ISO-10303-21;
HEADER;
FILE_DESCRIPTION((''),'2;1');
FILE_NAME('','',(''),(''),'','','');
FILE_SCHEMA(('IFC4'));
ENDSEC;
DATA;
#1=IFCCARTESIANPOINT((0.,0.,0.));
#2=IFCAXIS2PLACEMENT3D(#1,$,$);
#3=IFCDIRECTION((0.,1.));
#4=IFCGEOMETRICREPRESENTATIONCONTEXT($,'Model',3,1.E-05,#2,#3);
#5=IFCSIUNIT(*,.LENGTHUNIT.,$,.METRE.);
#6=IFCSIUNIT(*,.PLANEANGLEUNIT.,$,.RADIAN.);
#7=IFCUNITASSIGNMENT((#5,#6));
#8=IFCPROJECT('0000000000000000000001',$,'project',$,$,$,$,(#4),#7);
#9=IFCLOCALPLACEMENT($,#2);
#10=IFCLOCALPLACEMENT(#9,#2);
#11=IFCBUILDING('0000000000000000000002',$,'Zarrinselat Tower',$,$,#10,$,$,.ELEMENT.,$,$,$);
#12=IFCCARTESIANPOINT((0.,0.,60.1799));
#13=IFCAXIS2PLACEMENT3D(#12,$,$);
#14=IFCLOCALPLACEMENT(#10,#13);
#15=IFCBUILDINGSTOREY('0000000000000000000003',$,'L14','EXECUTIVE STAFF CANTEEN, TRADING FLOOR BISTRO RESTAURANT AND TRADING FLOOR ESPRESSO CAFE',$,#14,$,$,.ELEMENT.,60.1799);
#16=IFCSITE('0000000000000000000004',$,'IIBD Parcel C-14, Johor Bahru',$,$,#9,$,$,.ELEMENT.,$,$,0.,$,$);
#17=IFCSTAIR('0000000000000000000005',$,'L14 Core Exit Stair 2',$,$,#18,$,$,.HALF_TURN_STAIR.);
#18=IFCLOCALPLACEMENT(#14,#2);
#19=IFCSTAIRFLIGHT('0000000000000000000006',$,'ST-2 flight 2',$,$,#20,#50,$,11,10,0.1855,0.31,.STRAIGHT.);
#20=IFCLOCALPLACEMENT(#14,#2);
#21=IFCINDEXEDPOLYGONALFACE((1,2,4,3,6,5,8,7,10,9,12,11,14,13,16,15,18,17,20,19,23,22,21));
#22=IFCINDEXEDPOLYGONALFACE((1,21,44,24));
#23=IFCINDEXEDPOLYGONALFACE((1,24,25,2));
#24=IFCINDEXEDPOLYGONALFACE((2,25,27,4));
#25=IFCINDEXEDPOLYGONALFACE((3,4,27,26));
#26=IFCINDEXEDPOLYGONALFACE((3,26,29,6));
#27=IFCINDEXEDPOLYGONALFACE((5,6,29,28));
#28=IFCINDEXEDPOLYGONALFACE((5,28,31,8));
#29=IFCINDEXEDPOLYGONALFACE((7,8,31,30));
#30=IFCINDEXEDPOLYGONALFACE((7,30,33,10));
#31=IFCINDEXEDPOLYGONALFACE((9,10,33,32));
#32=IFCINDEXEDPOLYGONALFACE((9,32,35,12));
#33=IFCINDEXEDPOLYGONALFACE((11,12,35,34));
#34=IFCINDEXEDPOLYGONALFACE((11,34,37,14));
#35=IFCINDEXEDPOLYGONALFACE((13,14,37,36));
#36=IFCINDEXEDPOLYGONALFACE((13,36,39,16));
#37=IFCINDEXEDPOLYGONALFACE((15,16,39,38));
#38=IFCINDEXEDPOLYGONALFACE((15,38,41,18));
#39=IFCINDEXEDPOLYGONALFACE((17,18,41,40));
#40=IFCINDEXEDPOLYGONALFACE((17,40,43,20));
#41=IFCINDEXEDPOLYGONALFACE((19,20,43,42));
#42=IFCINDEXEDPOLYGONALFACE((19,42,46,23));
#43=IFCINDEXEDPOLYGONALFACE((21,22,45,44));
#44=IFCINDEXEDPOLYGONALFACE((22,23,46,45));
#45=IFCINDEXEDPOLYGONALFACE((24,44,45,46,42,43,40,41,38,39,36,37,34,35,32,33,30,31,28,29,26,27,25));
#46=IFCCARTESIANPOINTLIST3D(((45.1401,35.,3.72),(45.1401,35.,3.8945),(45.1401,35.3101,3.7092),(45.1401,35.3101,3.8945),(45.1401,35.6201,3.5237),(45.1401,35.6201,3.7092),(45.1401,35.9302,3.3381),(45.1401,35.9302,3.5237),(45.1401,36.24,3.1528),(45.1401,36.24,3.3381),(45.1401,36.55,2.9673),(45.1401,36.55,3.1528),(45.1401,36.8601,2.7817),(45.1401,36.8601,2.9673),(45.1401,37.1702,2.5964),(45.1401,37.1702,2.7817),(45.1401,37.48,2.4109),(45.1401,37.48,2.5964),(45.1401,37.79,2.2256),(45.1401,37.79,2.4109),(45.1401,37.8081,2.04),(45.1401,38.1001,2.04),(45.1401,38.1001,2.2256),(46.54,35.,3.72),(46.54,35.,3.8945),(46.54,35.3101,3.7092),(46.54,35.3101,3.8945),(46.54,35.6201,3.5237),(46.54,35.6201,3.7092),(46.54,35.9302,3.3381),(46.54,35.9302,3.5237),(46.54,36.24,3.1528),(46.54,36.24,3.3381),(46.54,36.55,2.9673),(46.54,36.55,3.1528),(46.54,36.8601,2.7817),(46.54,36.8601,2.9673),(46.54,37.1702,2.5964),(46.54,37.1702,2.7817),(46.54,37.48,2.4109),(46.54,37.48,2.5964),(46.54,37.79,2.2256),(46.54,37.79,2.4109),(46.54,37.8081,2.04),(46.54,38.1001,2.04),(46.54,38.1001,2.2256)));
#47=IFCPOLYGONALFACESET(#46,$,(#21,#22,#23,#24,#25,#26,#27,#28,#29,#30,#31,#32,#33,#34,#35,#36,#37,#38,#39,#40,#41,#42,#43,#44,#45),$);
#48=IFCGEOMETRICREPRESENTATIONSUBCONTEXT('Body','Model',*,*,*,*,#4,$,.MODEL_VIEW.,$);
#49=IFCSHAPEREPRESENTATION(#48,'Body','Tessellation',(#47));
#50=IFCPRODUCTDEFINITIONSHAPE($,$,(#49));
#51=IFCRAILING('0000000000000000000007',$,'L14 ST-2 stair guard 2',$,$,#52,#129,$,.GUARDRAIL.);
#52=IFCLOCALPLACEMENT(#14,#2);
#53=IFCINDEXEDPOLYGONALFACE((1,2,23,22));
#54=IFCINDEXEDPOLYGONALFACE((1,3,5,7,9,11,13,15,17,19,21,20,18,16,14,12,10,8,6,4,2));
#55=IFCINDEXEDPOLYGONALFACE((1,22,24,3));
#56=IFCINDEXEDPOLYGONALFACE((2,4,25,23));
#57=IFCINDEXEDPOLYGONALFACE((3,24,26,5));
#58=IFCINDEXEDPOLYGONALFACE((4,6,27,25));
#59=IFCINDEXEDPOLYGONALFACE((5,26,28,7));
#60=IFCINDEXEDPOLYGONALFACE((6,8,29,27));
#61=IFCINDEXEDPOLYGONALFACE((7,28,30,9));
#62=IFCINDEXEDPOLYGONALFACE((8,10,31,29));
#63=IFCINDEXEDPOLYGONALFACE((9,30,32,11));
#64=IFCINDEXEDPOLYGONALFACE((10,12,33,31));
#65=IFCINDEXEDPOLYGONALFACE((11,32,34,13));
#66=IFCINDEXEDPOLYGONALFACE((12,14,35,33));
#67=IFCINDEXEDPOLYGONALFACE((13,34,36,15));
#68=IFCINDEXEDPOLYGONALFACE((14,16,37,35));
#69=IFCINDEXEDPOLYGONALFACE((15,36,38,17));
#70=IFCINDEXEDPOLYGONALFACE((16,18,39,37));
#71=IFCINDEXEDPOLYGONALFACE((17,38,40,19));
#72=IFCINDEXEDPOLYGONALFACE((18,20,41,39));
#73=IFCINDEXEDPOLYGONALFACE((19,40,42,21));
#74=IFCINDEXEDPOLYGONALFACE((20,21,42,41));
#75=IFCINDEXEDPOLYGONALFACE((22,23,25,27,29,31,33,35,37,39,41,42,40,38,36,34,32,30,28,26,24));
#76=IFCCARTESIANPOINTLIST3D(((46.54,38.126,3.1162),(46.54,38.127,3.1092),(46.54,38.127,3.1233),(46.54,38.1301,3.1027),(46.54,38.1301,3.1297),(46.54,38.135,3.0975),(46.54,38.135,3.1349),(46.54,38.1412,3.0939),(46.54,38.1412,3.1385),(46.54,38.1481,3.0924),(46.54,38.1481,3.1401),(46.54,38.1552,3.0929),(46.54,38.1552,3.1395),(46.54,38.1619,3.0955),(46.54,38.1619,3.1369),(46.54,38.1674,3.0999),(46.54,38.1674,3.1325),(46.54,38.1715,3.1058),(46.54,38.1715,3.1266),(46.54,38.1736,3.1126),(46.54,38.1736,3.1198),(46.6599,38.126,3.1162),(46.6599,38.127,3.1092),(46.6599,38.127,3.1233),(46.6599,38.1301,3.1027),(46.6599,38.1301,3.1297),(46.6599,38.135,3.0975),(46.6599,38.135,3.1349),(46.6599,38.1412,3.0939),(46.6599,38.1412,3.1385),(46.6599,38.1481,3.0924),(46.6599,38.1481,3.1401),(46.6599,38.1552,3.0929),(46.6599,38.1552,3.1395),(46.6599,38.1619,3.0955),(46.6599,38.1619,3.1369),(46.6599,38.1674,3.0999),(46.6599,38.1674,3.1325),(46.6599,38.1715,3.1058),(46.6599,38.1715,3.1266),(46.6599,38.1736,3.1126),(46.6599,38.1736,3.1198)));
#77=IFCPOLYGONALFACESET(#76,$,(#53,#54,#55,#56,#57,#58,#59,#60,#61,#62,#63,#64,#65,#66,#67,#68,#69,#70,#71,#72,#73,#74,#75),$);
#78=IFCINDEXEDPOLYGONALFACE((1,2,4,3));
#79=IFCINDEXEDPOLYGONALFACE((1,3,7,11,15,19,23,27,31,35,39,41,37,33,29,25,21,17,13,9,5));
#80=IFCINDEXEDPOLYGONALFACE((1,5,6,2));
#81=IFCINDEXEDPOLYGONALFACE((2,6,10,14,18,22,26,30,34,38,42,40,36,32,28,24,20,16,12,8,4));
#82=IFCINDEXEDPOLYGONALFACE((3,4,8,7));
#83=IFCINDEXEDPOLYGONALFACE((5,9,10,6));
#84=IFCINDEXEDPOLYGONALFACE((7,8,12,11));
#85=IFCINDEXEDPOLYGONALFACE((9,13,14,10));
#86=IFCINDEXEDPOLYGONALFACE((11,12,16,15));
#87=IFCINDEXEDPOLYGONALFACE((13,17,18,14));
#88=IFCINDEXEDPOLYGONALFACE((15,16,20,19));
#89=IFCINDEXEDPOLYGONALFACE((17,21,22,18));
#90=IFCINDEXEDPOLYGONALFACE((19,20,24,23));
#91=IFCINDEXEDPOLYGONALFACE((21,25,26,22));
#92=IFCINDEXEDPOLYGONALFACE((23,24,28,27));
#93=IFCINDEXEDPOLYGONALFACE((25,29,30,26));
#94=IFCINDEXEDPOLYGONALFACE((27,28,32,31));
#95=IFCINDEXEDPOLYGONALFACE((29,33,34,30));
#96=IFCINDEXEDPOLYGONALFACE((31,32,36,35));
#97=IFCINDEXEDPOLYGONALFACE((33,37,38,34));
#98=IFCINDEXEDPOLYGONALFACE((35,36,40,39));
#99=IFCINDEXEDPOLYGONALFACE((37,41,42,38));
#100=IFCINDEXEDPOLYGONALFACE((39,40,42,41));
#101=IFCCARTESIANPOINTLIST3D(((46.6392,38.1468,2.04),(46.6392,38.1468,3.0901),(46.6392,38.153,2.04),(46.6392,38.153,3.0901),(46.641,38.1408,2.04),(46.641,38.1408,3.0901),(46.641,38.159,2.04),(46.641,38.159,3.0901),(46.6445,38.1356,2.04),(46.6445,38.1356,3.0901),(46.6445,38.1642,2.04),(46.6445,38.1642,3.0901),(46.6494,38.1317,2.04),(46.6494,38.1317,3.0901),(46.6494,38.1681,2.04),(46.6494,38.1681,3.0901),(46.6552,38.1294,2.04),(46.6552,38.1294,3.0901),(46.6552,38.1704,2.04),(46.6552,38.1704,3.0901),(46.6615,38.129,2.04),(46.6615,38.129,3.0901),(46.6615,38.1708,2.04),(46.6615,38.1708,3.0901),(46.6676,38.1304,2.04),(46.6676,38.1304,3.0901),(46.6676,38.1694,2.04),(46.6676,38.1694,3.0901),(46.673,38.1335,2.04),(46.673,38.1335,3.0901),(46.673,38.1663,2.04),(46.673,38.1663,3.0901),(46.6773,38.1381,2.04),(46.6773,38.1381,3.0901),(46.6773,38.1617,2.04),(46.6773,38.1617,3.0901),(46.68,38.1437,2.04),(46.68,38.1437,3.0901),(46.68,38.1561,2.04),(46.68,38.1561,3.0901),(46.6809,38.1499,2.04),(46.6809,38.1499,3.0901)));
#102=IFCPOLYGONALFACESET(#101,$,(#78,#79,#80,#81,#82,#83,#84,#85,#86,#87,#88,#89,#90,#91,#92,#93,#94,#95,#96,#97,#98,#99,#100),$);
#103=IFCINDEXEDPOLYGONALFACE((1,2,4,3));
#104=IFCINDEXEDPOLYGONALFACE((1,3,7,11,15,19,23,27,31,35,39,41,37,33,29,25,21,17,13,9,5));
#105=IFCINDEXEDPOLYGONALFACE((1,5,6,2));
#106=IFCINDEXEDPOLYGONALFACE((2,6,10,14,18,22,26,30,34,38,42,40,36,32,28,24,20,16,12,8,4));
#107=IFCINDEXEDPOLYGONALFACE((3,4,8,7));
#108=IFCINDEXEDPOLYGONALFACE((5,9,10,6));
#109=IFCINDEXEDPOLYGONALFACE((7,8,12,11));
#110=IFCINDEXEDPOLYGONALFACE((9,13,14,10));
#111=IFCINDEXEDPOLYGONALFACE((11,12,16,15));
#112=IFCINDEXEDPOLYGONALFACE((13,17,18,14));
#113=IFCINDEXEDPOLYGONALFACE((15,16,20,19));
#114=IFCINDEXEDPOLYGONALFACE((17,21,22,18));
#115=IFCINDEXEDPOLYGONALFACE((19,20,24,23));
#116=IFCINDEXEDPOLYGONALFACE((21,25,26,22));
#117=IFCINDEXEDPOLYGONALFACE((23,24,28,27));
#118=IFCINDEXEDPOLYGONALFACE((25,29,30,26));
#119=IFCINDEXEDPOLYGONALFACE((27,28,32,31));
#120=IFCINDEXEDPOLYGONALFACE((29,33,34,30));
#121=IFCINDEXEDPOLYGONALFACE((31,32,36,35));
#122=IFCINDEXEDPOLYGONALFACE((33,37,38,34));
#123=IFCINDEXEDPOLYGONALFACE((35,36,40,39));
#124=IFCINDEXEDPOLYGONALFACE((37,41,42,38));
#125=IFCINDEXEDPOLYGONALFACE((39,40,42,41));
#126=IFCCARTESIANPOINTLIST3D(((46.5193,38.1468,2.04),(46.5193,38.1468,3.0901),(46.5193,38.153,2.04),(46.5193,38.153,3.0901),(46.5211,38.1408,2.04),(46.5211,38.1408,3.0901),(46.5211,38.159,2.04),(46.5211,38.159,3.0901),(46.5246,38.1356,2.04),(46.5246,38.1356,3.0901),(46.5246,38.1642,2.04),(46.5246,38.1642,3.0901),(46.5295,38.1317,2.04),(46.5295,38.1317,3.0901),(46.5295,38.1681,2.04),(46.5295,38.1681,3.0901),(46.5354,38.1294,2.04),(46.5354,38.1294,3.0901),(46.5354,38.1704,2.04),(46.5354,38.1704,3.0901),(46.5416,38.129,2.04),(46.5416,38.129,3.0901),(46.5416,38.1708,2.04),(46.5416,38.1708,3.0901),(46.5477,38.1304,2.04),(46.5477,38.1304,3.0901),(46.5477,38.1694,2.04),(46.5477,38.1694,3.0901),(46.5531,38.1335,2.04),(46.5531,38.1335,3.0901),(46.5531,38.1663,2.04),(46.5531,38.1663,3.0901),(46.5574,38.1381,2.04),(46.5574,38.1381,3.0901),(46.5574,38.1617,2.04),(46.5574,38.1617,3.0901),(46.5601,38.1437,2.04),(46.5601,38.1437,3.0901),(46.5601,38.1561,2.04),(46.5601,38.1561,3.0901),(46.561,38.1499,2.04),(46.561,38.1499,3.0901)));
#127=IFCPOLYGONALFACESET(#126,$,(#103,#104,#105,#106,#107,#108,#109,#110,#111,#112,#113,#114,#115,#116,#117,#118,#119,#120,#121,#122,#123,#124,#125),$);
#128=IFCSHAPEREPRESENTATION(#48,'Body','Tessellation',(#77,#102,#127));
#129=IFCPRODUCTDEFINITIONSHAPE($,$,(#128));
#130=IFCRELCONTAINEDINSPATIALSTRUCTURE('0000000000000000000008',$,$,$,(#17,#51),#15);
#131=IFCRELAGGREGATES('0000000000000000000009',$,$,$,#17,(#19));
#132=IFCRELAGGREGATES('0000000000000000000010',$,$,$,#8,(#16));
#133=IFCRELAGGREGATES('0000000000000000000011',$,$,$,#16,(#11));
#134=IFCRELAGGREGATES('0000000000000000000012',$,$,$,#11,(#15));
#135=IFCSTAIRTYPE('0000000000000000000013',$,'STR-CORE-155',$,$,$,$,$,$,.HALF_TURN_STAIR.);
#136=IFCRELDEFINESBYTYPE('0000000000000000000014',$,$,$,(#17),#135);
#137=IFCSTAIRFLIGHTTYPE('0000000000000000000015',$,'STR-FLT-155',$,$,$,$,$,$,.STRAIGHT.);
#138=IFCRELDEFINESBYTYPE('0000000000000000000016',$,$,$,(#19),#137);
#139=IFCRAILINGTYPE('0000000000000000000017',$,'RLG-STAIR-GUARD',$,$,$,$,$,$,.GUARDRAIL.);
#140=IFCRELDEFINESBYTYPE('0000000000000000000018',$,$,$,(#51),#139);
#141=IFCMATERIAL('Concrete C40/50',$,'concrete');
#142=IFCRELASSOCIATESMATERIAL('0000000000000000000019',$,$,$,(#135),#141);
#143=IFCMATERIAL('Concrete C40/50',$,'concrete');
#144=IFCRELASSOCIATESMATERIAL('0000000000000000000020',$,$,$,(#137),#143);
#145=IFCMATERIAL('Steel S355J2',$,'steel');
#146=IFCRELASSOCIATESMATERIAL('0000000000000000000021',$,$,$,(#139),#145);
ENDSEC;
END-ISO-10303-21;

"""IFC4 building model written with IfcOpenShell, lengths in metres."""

from ifc_helpers import new_model, si_unit, direction, frame, origin, origin_2d, place, context, subcontext, project, spatial, polyline, circle, outline, extrude, material, type_object, element, aggregate, save


model = new_model("IFC4")

# Units and contexts
model_context = context("Model", 3, precision=1e-05, world=origin(), true_north=direction((0.0, 1.0)))
body_context = subcontext(model_context, "Body", "Model", "MODEL_VIEW")
ifc_project = project(units=[si_unit("LENGTHUNIT", "METRE"), si_unit("PLANEANGLEUNIT", "RADIAN")], contexts=[model_context])

# Site, building, storey
site_placement = place(None, origin())
site = spatial("IfcSite", under=ifc_project, at=site_placement, Name="IIBD Parcel C-14, Johor Bahru", CompositionType="ELEMENT", RefElevation=0.0)
building_placement = place(site_placement, origin())
building = spatial("IfcBuilding", under=site, at=building_placement, Name="Zarrinselat Tower", CompositionType="ELEMENT")
storey_placement = place(building_placement, frame((0.0, 0.0, 60.1799)))
storey = spatial("IfcBuildingStorey", under=building, at=storey_placement, Name="L14", Description="EXECUTIVE STAFF CANTEEN, TRADING FLOOR BISTRO RESTAURANT AND TRADING FLOOR ESPRESSO CAFE", CompositionType="ELEMENT", Elevation=60.1799)

# Stair, stair flight
ifc_material_1 = material(Name="Concrete C40/50", Category="concrete")
stair_type = type_object("IfcStairType", Name="STR-CORE-155", PredefinedType="HALF_TURN_STAIR", material=ifc_material_1)
stair_placement = place(storey_placement, origin())
stair = element("IfcStair", 1, at=stair_placement, inside=storey, type_object=stair_type, Name="L14 Core Exit Stair 2", PredefinedType="HALF_TURN_STAIR")
ifc_material_2 = material(Name="Concrete C40/50", Category="concrete")
stair_flight_type = type_object("IfcStairFlightType", Name="STR-FLT-155", PredefinedType="STRAIGHT", material=ifc_material_2)
stair_flight_placement = place(storey_placement, frame((45.8401, 38.1001, 2.04), z_axis=(0.0, 0.0, 1.0), x_axis=(0.0, -1.0, 0.0)))
stair_flight = element("IfcStairFlight", 2, at=stair_flight_placement, type_object=stair_flight_type, Name="ST-2 flight 2", NumberOfRisers=11, NumberOfTreads=10, PredefinedType="STRAIGHT", RiserHeight=0.1855, TreadLength=0.31, context=body_context, shape_type="SweptSolid", body=[
    extrude(outline(polyline([(0.0, 0.0), (0.0, 0.1855), (0.3101, 0.1855), (0.3101, 0.3708), (0.6201, 0.3708), (0.6201, 0.5564), (0.9299, 0.5564), (0.9299, 0.7417), (1.24, 0.7417), (1.24, 0.9272), (1.55, 0.9272), (1.55, 1.1128), (1.8601, 1.1128), (1.8601, 1.2981), (2.1699, 1.2981), (2.1699, 1.4836), (2.48, 1.4836), (2.48, 1.6692), (2.79, 1.6692), (2.79, 1.8545), (3.1001, 1.8545), (3.1001, 2.04), (3.1001, 1.6799), (0.292, 0.0), (0.0, 0.0)])), frame((0.0, 0.7, 0.0), z_axis=(0.0, -1.0, 0.0), x_axis=(1.0, 0.0, 0.0)), (0.0, 0.0, 1.0), 1.3999),
])
aggregate(stair, [stair_flight])

# Railing
ifc_material_3 = material(Name="Steel S355J2", Category="steel")
railing_type_1 = type_object("IfcRailingType", Name="RLG-STAIR-GUARD", PredefinedType="GUARDRAIL", material=ifc_material_3)
railing_1_placement = place(storey_placement, frame((46.6599, 38.1499, 2.04)))
element("IfcRailing", 3, at=railing_1_placement, inside=storey, type_object=railing_type_1, Name="L14 ST-2 stair guard 2", PredefinedType="GUARDRAIL", context=body_context, shape_type="SweptSolid", body=[
    extrude(circle(Radius=0.0239, at=origin_2d()), frame((0.0, 0.0, 1.0762), z_axis=(-1.0, 0.0, 0.0), x_axis=(0.0, -1.0, 0.0)), (0.0, 0.0, 1.0), 0.1199),
    extrude(circle(Radius=0.021, at=origin_2d()), origin(), (0.0, 0.0, 1.0), 1.05),
    extrude(circle(Radius=0.021, at=origin_2d()), frame((-0.1199, 0.0, 0.0)), (0.0, 0.0, 1.0), 1.05),
])

save(model, "model.ifc")
